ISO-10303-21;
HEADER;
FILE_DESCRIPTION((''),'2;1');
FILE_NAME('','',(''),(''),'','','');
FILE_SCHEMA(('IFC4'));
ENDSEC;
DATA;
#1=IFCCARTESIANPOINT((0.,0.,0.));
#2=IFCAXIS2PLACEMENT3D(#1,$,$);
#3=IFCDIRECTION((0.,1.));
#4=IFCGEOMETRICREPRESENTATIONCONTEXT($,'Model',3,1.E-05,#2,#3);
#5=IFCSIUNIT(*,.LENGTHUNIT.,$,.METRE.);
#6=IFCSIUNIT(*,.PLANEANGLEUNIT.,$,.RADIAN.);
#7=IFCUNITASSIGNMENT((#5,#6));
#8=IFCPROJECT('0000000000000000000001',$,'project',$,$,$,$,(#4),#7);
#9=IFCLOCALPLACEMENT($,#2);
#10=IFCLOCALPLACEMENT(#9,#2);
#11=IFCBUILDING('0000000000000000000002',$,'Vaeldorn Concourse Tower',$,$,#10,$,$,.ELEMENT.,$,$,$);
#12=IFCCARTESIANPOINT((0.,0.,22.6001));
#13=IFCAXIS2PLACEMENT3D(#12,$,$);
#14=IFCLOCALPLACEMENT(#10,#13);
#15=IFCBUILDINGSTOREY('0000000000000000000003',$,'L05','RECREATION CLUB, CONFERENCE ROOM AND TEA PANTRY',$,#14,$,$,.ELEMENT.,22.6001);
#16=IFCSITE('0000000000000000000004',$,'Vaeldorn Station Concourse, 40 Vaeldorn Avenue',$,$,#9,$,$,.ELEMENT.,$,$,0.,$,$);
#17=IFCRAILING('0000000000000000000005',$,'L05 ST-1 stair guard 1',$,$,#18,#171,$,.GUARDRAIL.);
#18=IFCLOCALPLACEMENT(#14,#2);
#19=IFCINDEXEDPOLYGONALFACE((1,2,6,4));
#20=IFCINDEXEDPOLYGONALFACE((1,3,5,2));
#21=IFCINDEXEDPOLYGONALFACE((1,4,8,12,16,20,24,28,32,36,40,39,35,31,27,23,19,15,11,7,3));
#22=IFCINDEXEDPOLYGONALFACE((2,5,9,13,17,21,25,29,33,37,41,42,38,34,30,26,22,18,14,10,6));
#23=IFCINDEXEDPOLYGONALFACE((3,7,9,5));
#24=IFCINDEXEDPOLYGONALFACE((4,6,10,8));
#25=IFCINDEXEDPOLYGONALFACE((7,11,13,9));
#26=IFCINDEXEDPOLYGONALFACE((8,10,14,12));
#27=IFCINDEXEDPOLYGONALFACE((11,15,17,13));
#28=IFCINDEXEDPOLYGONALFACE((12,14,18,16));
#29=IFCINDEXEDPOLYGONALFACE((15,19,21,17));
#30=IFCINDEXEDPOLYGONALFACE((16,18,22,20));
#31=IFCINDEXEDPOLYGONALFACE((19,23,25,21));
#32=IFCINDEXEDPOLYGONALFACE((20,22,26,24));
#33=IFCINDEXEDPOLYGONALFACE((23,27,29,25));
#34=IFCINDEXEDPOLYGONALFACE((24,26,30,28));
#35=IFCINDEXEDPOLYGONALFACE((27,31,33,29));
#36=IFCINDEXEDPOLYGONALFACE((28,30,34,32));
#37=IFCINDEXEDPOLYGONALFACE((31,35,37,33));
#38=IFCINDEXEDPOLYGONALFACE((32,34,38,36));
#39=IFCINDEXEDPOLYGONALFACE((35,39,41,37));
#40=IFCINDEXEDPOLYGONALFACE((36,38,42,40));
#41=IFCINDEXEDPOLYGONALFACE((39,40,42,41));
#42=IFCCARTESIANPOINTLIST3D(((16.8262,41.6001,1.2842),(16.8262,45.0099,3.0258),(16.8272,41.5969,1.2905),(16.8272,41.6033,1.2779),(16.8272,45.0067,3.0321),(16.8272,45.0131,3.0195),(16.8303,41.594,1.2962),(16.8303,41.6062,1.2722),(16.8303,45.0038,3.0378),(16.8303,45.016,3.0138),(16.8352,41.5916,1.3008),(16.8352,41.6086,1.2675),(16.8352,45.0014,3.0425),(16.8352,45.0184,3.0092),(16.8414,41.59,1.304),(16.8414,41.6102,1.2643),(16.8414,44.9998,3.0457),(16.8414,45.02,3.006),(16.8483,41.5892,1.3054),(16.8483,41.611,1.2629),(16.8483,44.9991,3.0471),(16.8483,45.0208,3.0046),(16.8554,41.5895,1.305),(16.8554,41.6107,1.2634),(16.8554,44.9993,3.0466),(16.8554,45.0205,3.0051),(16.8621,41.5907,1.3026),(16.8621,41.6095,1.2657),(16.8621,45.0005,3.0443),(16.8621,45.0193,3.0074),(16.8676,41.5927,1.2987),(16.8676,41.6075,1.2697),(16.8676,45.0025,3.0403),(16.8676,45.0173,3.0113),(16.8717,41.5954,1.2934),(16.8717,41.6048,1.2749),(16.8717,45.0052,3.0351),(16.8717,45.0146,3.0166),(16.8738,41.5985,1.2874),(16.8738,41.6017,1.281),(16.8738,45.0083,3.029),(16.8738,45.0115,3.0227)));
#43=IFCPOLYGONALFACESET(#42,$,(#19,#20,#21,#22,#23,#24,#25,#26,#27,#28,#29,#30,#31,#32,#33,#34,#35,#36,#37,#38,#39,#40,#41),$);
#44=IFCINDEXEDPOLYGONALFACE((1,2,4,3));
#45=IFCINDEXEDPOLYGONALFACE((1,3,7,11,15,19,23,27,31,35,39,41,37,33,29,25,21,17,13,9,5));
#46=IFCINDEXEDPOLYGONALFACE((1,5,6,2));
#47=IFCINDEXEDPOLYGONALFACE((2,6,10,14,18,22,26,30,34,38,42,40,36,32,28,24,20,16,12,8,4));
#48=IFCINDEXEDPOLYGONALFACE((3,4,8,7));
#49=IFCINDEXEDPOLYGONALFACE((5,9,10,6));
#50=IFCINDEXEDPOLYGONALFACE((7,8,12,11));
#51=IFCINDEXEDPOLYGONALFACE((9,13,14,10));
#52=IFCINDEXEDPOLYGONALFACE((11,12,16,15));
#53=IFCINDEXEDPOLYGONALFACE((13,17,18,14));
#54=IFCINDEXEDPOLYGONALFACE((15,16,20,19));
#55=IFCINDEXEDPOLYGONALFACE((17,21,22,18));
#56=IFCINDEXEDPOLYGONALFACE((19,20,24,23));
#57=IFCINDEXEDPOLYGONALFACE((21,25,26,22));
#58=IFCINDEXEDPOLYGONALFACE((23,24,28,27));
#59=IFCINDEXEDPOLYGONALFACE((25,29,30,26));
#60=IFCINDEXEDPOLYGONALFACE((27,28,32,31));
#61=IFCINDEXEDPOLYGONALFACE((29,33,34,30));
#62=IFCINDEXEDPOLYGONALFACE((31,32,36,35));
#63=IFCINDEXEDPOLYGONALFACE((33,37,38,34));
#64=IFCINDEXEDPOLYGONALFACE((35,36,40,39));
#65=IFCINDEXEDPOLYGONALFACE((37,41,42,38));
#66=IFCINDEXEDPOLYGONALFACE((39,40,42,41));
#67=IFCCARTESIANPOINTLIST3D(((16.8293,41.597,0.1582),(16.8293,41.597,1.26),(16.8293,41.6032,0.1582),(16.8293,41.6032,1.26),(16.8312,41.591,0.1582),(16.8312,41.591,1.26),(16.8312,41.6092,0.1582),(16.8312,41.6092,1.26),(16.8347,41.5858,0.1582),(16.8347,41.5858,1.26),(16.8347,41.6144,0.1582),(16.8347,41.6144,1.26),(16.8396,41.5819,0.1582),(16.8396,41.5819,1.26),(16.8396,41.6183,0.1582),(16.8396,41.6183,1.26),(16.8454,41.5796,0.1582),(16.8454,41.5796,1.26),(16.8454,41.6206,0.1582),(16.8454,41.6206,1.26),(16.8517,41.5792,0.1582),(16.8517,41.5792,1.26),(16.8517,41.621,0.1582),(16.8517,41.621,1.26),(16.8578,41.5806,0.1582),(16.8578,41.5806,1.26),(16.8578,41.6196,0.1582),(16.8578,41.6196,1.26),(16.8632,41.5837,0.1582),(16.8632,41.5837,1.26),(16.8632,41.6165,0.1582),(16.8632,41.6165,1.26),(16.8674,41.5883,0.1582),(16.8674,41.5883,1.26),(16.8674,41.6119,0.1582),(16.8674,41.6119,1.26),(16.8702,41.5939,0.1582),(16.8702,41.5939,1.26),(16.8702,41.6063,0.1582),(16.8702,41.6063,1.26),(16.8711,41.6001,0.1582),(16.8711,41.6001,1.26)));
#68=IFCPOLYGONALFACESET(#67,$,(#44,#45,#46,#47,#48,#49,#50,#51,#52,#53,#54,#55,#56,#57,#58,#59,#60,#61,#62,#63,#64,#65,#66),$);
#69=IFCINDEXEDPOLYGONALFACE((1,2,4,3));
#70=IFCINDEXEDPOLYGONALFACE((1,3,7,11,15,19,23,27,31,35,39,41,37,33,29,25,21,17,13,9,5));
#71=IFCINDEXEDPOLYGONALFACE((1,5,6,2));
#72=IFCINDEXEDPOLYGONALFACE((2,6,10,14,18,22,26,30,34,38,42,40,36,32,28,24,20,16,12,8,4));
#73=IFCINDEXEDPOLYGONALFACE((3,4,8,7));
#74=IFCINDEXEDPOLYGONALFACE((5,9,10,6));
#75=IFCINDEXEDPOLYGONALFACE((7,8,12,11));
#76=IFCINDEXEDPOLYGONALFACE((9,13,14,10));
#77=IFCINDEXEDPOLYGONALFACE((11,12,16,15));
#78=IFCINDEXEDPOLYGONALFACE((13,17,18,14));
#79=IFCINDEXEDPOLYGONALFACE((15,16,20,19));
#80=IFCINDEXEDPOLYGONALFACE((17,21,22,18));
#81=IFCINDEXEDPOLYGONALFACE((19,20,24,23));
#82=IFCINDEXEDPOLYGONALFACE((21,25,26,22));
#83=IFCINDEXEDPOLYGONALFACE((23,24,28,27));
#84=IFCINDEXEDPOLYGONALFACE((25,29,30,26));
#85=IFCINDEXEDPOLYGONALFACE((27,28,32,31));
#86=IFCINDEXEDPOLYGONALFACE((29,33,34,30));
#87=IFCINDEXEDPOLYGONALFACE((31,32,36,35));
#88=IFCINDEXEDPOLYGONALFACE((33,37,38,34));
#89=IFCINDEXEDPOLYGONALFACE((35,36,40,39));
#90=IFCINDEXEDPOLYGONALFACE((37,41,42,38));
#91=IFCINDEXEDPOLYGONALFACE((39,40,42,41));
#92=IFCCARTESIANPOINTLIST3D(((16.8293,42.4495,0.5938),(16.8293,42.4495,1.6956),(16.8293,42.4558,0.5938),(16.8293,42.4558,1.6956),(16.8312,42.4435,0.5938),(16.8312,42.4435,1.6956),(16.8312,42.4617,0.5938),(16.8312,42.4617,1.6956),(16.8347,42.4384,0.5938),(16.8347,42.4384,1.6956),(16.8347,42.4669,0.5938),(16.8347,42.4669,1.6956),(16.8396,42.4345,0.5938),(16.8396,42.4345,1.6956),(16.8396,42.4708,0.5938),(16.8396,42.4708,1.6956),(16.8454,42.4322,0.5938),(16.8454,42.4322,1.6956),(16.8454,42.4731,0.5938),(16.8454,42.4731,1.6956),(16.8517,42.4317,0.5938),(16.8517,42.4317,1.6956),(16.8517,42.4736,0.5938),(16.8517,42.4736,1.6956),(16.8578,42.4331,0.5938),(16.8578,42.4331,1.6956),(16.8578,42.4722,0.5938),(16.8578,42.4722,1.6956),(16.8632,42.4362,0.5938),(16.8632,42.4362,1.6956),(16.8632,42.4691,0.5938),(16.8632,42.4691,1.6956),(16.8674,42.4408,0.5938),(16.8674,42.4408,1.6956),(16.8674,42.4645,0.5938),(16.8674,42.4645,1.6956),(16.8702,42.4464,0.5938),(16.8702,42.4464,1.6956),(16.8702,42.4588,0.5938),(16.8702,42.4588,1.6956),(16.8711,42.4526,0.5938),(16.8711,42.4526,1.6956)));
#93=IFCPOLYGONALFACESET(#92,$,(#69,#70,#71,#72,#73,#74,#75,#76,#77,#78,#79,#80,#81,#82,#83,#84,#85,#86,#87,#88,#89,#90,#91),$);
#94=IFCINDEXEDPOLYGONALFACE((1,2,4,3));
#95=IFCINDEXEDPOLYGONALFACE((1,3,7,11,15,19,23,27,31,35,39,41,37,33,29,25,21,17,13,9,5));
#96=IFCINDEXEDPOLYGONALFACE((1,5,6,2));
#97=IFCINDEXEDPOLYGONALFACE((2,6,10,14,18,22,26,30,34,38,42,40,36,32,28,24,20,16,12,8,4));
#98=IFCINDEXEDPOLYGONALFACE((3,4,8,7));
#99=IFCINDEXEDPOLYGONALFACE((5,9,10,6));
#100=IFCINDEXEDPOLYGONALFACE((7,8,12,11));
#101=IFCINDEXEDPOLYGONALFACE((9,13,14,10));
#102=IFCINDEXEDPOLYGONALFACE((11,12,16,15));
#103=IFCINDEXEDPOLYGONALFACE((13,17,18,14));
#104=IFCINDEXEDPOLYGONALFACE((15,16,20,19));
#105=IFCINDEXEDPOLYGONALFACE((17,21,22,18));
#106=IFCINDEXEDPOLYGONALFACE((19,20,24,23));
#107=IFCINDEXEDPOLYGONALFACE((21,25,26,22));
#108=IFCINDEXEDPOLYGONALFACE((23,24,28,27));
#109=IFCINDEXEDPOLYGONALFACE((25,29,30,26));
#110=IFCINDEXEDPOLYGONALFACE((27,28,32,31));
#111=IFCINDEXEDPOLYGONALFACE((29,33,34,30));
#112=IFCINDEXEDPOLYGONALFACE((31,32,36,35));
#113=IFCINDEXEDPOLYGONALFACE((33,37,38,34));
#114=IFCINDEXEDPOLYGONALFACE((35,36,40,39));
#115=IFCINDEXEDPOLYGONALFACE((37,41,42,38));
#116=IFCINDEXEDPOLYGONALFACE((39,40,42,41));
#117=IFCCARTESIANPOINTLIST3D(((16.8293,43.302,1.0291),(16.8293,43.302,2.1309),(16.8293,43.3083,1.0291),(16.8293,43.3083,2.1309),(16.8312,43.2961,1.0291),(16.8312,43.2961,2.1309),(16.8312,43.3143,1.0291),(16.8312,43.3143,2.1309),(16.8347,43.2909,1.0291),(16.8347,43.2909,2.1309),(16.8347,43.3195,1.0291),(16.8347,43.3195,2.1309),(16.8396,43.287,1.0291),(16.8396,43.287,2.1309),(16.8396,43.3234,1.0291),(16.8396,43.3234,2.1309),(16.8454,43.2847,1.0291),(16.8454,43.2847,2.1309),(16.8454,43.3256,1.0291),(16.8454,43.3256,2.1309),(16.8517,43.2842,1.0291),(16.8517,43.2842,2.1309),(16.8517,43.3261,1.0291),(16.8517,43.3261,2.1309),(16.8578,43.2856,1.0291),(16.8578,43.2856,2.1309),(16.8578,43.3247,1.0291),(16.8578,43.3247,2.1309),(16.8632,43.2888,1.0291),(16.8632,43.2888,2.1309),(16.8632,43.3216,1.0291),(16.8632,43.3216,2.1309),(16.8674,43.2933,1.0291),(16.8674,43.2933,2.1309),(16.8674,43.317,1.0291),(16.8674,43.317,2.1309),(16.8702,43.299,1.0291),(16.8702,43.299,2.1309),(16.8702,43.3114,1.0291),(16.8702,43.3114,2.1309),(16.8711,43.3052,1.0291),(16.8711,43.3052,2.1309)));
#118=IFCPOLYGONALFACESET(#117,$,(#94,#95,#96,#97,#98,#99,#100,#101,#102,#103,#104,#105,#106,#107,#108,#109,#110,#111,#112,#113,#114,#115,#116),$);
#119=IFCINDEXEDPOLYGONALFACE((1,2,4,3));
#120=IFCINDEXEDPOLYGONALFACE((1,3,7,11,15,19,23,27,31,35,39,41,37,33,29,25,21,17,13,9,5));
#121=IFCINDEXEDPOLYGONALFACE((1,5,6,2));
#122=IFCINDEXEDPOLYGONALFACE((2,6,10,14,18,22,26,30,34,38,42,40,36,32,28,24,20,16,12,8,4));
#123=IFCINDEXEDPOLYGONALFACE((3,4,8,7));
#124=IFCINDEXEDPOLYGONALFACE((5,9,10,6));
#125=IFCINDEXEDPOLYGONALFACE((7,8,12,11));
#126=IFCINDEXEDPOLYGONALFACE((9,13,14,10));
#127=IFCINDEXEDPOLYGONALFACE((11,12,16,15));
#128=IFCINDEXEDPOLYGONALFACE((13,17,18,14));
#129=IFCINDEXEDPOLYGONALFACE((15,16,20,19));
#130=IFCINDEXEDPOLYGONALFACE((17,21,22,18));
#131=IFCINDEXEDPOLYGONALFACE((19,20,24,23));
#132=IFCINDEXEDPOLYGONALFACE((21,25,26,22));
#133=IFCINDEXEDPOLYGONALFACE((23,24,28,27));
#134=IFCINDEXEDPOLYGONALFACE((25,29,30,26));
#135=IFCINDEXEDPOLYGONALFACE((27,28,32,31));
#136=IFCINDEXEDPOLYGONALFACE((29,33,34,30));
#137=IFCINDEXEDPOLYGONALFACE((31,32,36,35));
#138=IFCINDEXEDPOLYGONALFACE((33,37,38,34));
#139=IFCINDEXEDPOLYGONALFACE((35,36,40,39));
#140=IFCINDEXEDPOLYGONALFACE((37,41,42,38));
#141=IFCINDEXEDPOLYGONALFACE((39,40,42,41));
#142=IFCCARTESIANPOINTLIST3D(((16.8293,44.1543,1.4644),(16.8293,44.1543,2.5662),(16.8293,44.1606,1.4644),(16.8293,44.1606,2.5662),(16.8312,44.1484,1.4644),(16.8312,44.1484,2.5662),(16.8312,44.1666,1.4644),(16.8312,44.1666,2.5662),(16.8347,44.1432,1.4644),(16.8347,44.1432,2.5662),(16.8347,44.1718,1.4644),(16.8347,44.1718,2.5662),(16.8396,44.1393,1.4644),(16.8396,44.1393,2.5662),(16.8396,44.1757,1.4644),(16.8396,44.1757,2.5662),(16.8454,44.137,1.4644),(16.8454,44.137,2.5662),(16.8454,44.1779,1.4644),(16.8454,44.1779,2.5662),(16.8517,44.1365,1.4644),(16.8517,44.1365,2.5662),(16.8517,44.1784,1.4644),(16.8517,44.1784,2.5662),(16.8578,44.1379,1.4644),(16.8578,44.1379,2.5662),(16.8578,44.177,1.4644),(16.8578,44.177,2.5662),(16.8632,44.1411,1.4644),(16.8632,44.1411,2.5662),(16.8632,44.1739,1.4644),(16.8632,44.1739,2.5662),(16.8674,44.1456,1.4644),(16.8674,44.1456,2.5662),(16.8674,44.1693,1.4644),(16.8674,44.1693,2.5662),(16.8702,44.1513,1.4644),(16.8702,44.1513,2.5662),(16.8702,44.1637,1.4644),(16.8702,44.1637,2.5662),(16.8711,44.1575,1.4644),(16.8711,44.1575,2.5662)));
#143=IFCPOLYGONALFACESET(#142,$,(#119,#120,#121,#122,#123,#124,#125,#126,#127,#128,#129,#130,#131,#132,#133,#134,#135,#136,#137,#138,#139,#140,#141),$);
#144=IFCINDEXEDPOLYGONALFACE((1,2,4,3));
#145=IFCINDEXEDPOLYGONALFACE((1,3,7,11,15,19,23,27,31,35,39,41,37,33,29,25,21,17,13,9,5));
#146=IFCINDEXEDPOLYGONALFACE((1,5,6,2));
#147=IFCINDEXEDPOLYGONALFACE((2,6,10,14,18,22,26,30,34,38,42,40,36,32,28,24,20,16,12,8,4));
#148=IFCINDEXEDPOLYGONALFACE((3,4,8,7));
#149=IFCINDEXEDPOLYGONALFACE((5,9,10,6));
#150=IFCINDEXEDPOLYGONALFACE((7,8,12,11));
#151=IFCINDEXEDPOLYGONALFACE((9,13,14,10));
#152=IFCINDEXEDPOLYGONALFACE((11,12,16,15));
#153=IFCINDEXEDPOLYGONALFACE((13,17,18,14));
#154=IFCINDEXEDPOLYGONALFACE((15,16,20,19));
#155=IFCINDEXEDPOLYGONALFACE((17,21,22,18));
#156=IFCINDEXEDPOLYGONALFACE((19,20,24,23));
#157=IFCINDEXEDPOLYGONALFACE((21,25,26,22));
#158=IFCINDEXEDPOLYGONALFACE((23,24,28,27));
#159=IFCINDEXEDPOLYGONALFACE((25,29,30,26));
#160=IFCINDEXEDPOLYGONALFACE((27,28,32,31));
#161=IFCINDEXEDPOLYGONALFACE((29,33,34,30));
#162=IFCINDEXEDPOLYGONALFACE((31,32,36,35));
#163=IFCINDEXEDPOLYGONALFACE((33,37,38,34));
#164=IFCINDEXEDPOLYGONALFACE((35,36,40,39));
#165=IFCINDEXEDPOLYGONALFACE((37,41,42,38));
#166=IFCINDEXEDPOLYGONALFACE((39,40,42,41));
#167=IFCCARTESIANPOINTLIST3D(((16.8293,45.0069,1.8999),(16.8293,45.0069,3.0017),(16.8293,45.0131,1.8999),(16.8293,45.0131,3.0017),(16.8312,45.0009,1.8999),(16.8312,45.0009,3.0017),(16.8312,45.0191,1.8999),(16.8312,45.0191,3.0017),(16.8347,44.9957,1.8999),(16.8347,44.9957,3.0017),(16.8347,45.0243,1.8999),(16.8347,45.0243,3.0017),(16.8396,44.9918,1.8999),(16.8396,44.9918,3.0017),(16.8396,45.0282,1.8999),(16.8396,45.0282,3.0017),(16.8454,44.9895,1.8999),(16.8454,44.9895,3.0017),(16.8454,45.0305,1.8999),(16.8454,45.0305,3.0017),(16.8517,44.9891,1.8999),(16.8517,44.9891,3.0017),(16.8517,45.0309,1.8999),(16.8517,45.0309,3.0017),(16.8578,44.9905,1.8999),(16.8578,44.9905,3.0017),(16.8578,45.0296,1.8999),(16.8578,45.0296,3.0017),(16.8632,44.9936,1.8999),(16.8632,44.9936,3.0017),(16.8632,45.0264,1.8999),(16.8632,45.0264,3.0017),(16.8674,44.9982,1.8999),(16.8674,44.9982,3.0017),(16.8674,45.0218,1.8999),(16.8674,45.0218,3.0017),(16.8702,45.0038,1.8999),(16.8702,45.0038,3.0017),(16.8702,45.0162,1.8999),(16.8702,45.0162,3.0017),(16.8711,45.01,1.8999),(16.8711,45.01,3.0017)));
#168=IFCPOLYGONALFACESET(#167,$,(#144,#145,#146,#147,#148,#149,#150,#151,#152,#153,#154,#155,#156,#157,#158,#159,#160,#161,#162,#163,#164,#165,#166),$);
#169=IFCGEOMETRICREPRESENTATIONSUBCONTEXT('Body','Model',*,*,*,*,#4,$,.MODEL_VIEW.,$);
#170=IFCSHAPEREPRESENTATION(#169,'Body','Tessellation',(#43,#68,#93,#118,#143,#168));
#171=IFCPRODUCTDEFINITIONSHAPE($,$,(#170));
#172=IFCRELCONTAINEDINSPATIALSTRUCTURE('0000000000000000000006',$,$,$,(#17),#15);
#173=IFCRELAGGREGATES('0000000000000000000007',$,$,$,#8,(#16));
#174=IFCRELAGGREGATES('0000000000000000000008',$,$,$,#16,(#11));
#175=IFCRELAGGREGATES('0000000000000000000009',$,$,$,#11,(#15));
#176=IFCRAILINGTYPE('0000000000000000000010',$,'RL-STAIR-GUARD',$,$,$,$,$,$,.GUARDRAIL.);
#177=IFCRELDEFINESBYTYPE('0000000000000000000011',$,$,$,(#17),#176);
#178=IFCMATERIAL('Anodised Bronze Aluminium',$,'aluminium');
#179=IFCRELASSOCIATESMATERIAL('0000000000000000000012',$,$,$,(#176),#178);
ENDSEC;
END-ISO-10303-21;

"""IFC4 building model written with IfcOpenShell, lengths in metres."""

from ifc_helpers import new_model, si_unit, direction, frame, origin, origin_2d, place, context, subcontext, project, spatial, circle, extrude, material, type_object, element, save


model = new_model("IFC4")

# Units and contexts
model_context = context("Model", 3, precision=1e-05, world=origin(), true_north=direction((0.0, 1.0)))
body_context = subcontext(model_context, "Body", "Model", "MODEL_VIEW")
ifc_project = project(units=[si_unit("LENGTHUNIT", "METRE"), si_unit("PLANEANGLEUNIT", "RADIAN")], contexts=[model_context])

# Site, building, storey
site_placement = place(None, origin())
site = spatial("IfcSite", under=ifc_project, at=site_placement, Name="Vaeldorn Station Concourse, 40 Vaeldorn Avenue", CompositionType="ELEMENT", RefElevation=0.0)
building_placement = place(site_placement, origin())
building = spatial("IfcBuilding", under=site, at=building_placement, Name="Vaeldorn Concourse Tower", CompositionType="ELEMENT")
storey_placement = place(building_placement, frame((0.0, 0.0, 22.6001)))
storey = spatial("IfcBuildingStorey", under=building, at=storey_placement, Name="L05", Description="RECREATION CLUB, CONFERENCE ROOM AND TEA PANTRY", CompositionType="ELEMENT", Elevation=22.6001)

# Shared definitions
ifc_material_1 = material(Name="Anodised Bronze Aluminium", Category="aluminium")

# Railing
railing_type_1 = type_object("IfcRailingType", Name="RL-STAIR-GUARD", PredefinedType="GUARDRAIL", material=ifc_material_1)
railing_1_placement = place(storey_placement, frame((16.8501, 41.6001, 0.1582)))
element("IfcRailing", 1, at=railing_1_placement, inside=storey, type_object=railing_type_1, Name="L05 ST-1 stair guard 1", PredefinedType="GUARDRAIL", context=body_context, shape_type="SweptSolid", body=[
    extrude(circle(Radius=0.0239, at=origin_2d()), frame((0.0, 0.0, 1.126), z_axis=(0.0, 0.890556, 0.454874), x_axis=(-1.0, 0.0, 0.0)), (0.0, 0.0, 1.0), 3.8289),
    extrude(circle(Radius=0.021, at=origin_2d()), origin(), (0.0, 0.0, 1.0), 1.1018),
    extrude(circle(Radius=0.021, at=origin_2d()), frame((0.0, 0.8525, 0.4355)), (0.0, 0.0, 1.0), 1.1018),
    extrude(circle(Radius=0.021, at=origin_2d()), frame((0.0, 1.7051, 0.8708)), (0.0, 0.0, 1.0), 1.1018),
    extrude(circle(Radius=0.021, at=origin_2d()), frame((0.0, 2.5574, 1.3062)), (0.0, 0.0, 1.0), 1.1018),
    extrude(circle(Radius=0.021, at=origin_2d()), frame((0.0, 3.4099, 1.7417)), (0.0, 0.0, 1.0), 1.1018),
])

save(model, "model.ifc")
